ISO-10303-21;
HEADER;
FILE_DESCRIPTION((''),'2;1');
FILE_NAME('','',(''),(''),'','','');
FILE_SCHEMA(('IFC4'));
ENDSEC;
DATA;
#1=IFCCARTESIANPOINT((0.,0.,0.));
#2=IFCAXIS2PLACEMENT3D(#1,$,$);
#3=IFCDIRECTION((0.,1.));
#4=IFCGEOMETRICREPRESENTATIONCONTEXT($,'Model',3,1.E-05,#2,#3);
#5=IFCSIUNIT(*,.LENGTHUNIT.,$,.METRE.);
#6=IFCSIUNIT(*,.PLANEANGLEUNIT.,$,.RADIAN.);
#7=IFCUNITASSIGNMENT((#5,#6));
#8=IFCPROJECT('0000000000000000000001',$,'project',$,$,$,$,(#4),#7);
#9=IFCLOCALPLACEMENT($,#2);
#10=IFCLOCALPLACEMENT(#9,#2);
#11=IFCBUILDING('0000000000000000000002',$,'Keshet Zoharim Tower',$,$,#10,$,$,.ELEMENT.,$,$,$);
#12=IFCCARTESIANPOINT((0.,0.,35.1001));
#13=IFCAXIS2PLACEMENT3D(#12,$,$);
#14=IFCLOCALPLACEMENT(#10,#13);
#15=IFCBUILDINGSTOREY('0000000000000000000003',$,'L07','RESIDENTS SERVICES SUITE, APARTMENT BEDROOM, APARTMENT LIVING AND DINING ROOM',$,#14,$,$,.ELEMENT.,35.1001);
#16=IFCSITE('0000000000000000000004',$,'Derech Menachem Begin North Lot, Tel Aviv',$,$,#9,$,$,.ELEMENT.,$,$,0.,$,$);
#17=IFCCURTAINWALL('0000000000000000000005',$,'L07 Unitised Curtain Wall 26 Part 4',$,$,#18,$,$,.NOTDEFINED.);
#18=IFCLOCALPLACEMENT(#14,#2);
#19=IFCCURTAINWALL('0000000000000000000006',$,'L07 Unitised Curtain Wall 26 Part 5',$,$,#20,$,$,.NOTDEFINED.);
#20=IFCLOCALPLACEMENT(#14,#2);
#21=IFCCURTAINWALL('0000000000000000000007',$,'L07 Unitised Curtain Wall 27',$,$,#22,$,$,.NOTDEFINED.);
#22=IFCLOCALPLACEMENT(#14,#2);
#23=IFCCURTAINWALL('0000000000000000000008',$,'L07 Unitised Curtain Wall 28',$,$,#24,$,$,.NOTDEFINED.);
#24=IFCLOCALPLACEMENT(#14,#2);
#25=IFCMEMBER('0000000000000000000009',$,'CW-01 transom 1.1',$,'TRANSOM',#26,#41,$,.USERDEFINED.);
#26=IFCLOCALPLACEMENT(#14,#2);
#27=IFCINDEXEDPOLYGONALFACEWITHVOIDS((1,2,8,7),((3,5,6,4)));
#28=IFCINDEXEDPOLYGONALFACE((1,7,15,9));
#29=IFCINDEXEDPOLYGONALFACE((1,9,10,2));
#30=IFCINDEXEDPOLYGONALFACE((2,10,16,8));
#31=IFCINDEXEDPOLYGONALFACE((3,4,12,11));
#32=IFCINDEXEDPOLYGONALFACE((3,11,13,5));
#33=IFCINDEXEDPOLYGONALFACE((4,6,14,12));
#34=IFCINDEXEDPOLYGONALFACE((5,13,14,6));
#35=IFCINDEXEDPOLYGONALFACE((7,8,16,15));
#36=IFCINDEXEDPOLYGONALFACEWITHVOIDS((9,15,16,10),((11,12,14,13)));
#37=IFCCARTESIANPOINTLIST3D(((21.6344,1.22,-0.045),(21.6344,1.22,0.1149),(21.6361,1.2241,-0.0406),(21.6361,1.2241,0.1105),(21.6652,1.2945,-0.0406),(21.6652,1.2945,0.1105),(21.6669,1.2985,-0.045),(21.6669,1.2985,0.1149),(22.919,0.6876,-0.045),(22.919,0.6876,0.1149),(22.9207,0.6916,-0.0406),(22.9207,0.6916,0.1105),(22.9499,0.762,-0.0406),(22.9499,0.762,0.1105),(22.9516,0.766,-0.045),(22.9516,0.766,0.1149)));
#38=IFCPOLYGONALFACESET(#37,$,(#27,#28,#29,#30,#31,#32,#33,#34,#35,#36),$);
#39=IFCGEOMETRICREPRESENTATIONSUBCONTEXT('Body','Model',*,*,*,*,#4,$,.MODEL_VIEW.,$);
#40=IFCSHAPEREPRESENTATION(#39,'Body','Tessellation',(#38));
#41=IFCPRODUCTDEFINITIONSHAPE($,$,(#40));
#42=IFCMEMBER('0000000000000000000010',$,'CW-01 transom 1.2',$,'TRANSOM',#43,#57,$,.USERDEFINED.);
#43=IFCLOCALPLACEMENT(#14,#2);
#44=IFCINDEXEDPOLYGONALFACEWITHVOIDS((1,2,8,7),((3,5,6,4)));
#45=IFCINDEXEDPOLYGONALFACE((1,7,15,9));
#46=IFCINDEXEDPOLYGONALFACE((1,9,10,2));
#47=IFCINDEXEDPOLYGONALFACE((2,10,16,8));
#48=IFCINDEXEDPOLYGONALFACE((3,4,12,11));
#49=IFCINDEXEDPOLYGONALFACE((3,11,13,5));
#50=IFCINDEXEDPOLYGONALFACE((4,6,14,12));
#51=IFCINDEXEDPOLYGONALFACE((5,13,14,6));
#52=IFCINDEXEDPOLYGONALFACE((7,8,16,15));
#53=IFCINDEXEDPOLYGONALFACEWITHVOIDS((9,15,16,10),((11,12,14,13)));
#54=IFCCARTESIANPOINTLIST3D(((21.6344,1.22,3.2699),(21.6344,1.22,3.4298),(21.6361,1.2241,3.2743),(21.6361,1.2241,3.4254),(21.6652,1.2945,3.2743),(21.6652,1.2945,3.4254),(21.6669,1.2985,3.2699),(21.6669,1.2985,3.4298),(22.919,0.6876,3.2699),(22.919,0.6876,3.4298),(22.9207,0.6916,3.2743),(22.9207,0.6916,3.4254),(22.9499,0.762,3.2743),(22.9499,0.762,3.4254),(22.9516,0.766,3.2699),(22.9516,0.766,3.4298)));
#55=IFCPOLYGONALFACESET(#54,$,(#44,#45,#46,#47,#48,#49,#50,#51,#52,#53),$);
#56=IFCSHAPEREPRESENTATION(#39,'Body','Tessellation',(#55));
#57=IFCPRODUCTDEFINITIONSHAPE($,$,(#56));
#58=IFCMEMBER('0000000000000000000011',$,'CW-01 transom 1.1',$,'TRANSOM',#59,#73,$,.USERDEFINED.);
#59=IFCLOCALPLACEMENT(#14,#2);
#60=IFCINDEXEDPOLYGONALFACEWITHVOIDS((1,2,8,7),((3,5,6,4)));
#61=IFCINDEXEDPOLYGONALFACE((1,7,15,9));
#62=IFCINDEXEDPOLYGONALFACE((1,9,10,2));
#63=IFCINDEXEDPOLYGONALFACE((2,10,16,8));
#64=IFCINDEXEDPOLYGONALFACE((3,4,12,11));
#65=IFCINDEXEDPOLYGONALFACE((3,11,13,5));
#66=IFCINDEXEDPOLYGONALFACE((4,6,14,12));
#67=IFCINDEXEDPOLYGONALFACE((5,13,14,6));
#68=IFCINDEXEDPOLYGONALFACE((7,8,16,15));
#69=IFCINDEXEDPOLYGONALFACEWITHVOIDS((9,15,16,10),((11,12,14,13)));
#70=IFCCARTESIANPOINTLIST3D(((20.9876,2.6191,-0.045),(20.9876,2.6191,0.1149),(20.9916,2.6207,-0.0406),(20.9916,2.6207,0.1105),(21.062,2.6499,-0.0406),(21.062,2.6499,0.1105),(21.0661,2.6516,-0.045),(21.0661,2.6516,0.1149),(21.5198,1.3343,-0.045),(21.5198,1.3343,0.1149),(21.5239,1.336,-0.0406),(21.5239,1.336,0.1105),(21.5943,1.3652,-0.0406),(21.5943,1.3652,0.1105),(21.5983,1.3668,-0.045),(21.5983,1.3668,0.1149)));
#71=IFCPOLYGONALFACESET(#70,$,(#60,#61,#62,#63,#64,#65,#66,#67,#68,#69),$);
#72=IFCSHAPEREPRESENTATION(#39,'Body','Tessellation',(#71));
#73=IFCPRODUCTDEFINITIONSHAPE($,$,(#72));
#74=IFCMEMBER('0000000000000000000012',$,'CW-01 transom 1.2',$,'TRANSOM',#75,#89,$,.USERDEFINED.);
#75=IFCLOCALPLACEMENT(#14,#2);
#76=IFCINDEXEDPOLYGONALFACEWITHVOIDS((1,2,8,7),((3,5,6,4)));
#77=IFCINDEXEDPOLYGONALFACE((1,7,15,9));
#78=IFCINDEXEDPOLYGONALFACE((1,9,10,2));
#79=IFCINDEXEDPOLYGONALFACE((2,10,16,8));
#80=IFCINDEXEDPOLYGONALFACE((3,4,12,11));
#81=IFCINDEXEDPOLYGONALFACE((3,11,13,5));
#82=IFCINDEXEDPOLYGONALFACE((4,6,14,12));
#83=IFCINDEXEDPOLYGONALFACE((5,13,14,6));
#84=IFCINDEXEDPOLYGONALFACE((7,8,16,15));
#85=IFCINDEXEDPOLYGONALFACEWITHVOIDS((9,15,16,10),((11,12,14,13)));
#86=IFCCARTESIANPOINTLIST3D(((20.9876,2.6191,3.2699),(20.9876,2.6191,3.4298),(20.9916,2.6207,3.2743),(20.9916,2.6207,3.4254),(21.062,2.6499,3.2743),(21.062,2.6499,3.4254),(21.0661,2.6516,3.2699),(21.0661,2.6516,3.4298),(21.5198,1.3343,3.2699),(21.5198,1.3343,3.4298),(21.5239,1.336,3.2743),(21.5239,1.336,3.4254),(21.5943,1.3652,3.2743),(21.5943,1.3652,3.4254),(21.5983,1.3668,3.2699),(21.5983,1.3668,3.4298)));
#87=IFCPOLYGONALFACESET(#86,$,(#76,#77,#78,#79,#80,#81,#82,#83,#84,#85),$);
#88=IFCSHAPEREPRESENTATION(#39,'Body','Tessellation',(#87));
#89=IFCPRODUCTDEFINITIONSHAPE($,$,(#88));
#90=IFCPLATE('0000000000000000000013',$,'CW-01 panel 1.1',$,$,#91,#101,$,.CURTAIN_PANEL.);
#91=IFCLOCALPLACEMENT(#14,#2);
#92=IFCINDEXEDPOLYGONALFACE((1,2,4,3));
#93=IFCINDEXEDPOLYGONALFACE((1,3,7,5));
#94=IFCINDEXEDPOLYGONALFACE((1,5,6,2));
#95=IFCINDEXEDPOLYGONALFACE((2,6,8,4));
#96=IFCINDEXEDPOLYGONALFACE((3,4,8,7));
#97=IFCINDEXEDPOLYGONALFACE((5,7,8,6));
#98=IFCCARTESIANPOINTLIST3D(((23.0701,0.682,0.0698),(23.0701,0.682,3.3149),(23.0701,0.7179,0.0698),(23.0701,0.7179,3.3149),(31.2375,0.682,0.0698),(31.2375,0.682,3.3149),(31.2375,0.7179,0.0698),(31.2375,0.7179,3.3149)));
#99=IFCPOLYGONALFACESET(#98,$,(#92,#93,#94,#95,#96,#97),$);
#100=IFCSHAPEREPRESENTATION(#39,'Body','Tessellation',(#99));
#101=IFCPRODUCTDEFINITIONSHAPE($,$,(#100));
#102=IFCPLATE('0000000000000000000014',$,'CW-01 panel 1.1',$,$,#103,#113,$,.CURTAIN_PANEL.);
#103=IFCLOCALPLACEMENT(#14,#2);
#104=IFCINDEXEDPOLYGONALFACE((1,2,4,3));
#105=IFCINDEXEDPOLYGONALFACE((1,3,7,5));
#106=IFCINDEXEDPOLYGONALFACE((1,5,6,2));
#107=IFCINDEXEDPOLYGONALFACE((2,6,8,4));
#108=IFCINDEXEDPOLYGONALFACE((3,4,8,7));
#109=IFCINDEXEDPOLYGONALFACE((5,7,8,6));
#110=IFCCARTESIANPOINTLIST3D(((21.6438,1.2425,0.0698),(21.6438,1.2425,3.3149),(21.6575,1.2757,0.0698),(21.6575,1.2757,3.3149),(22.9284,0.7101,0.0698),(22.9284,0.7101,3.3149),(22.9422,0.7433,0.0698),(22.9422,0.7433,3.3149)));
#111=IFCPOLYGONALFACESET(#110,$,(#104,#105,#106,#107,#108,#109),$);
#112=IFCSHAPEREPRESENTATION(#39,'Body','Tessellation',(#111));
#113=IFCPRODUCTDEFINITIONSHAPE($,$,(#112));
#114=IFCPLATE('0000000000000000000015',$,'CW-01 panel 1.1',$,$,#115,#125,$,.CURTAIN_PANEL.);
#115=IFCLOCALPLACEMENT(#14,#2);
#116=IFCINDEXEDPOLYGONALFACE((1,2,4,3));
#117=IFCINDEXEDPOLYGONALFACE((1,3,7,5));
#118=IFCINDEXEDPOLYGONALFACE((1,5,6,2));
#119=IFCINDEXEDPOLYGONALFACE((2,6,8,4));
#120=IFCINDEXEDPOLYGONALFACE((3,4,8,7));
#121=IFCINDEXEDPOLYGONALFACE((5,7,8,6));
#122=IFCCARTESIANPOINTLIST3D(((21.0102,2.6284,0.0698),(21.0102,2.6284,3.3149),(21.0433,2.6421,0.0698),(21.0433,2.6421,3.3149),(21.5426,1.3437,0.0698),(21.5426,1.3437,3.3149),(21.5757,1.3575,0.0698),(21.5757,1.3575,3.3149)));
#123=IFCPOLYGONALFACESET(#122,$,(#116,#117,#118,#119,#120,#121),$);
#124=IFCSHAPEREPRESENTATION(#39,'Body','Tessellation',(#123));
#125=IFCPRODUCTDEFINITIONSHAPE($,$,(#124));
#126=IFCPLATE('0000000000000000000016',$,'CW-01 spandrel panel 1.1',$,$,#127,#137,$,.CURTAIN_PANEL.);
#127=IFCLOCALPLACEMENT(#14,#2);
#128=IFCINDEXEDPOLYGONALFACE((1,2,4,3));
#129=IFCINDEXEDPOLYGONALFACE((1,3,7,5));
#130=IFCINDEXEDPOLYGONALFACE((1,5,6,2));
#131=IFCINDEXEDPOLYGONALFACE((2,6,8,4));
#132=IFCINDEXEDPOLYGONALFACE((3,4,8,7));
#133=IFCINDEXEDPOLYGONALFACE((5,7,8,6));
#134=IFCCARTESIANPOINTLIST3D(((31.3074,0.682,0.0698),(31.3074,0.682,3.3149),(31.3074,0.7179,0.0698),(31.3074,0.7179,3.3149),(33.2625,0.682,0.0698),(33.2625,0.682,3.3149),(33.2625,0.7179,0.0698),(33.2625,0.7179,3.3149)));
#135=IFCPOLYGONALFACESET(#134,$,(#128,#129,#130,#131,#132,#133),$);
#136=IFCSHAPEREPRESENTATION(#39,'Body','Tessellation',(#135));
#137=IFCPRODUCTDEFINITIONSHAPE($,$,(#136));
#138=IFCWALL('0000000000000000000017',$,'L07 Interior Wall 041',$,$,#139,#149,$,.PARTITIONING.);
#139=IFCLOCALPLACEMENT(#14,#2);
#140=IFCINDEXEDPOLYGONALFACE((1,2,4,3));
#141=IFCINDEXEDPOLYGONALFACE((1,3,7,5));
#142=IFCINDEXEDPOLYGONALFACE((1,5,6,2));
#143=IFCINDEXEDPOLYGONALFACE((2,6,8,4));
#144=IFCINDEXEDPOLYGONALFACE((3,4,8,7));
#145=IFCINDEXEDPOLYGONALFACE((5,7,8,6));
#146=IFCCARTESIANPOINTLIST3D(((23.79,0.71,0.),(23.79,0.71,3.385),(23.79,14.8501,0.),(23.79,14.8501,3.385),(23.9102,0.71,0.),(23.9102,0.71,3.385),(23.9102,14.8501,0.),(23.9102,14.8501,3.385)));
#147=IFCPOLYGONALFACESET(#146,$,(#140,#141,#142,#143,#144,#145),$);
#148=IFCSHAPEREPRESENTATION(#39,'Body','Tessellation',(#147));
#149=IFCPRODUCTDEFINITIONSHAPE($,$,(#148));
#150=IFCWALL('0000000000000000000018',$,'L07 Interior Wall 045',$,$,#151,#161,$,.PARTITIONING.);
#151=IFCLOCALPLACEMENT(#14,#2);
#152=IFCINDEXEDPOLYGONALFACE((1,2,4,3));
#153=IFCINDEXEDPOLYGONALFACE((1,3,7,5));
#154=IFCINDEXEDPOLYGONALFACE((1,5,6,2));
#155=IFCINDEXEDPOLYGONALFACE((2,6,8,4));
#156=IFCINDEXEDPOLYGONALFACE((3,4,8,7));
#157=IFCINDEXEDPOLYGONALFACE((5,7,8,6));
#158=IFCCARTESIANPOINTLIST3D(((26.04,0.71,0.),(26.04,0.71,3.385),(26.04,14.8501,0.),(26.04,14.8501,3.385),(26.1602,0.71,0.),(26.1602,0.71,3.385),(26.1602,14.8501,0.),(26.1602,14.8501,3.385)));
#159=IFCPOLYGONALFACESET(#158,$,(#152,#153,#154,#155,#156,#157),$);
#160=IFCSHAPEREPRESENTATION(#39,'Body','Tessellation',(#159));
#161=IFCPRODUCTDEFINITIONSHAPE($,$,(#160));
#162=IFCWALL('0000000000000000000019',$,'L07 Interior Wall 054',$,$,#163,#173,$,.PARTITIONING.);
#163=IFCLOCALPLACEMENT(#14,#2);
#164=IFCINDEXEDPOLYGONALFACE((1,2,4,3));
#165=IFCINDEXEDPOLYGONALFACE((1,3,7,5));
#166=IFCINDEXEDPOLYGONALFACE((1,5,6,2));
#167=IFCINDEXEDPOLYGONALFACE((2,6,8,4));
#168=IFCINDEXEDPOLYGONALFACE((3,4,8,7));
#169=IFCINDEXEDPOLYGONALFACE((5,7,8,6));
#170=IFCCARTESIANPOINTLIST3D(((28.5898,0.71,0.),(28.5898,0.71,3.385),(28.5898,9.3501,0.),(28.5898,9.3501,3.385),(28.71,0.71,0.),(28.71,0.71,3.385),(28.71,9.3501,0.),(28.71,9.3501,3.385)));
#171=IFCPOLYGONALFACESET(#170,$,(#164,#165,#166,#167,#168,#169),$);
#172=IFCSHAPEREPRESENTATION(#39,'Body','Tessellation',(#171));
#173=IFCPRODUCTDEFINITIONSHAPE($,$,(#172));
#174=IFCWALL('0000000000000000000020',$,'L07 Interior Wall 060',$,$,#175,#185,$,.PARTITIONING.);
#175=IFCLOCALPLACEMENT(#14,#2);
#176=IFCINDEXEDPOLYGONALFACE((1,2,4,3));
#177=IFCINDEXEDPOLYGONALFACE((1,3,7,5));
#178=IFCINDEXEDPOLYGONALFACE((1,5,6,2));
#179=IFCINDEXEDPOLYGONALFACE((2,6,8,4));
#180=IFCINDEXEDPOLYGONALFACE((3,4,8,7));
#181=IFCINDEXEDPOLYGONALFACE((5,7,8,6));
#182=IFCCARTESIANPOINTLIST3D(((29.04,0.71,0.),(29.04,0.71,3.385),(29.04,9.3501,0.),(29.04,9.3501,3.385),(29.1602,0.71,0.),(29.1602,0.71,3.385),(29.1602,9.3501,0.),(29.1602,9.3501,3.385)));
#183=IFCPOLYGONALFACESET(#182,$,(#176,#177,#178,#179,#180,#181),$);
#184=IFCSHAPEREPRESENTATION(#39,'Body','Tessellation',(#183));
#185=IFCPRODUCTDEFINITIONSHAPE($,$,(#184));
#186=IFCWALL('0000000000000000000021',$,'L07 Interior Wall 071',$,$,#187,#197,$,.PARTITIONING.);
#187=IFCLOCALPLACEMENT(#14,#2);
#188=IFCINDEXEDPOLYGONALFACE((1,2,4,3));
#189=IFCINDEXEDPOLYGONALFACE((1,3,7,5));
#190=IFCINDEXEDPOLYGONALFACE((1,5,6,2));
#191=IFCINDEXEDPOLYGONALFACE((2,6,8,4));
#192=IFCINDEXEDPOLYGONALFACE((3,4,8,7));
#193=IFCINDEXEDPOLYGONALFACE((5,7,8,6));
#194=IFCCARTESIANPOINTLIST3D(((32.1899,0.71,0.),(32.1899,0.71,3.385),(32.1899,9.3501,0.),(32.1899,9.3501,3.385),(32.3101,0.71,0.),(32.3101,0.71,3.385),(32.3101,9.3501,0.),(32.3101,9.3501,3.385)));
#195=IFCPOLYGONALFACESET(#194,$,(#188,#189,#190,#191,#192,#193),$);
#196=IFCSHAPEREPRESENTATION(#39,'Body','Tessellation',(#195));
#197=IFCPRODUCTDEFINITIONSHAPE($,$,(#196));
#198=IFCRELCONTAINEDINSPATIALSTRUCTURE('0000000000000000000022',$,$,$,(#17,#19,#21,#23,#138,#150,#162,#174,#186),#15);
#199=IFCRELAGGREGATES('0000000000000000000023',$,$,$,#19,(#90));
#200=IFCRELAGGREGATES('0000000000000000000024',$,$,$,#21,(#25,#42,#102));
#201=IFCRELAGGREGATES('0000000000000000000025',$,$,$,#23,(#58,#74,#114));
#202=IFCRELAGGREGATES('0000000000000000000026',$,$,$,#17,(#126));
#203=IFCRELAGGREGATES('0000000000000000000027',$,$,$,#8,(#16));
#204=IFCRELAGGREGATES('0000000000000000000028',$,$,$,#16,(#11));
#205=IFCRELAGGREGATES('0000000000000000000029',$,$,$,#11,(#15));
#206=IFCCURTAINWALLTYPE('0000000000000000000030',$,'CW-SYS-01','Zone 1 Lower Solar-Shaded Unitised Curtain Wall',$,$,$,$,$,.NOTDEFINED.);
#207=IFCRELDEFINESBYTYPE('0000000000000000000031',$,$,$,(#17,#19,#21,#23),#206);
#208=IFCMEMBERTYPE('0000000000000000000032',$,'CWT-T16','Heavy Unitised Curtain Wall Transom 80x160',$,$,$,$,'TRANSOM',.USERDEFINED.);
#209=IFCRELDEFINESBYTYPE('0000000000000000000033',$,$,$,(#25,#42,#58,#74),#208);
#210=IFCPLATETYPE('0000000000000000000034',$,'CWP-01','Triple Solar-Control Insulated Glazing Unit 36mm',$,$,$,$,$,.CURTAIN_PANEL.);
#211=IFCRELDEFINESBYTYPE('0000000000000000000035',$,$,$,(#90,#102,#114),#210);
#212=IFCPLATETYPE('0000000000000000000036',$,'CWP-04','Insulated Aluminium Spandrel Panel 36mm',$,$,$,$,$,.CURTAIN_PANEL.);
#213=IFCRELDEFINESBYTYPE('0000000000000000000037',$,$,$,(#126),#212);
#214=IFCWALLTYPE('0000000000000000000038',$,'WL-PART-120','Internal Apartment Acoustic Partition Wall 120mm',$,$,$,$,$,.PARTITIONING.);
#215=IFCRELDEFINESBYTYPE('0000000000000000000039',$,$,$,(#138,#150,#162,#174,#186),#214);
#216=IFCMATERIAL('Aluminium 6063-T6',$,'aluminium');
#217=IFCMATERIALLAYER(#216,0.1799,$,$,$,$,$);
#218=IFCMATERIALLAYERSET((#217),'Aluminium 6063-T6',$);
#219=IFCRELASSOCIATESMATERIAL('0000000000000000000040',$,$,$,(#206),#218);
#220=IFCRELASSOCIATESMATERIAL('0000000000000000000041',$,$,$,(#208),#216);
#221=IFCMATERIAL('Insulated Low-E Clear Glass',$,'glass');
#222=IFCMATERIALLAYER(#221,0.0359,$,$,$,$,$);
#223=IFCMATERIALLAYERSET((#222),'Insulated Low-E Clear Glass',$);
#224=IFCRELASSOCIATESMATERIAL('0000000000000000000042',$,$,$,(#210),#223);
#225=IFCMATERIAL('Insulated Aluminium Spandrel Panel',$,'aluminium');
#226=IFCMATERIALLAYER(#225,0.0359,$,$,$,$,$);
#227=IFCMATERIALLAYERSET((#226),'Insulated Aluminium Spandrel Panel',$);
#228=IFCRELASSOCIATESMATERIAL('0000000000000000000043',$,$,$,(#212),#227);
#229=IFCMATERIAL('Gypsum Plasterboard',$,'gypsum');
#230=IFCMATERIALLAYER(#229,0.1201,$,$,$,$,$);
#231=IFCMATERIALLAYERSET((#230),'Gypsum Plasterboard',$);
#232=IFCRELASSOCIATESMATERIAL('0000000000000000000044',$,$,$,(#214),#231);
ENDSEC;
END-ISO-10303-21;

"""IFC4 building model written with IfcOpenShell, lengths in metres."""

from ifc_helpers import new_model, si_unit, direction, frame, frame_2d, origin, origin_2d, place, context, subcontext, project, spatial, rectangle, hollow_rectangle, extrude, material, layer, layer_set, material_profile, profile_set, type_object, element, aggregate, save


model = new_model("IFC4")

# Units and contexts
model_context = context("Model", 3, precision=1e-05, world=origin(), true_north=direction((0.0, 1.0)))
body_context = subcontext(model_context, "Body", "Model", "MODEL_VIEW")
ifc_project = project(units=[si_unit("LENGTHUNIT", "METRE"), si_unit("PLANEANGLEUNIT", "RADIAN")], contexts=[model_context])

# Site, building, storey
site_placement = place(None, origin())
site = spatial("IfcSite", under=ifc_project, at=site_placement, Name="Derech Menachem Begin North Lot, Tel Aviv", CompositionType="ELEMENT", RefElevation=0.0)
building_placement = place(site_placement, origin())
building = spatial("IfcBuilding", under=site, at=building_placement, Name="Keshet Zoharim Tower", CompositionType="ELEMENT")
storey_placement = place(building_placement, frame((0.0, 0.0, 35.1001)))
storey = spatial("IfcBuildingStorey", under=building, at=storey_placement, Name="L07", Description="RESIDENTS SERVICES SUITE, APARTMENT BEDROOM, APARTMENT LIVING AND DINING ROOM", CompositionType="ELEMENT", Elevation=35.1001)

# Curtain walls
ifc_material_1 = material(Name="Aluminium 6063-T6", Category="aluminium")
ifc_layer_1 = layer(ifc_material_1, 0.1799)
ifc_layer_set_1 = layer_set([ifc_layer_1], Name="Aluminium 6063-T6")
curtain_wall_type = type_object("IfcCurtainWallType", Name="CW-SYS-01", Description="Zone 1 Lower Solar-Shaded Unitised Curtain Wall", PredefinedType="NOTDEFINED", material=ifc_layer_set_1)
curtain_wall_1_placement = place(storey_placement, origin())
curtain_wall_1 = element("IfcCurtainWall", 1, at=curtain_wall_1_placement, inside=storey, type_object=curtain_wall_type, Name="L07 Unitised Curtain Wall 26 Part 4", PredefinedType="NOTDEFINED")
curtain_wall_2_placement = place(storey_placement, origin())
curtain_wall_2 = element("IfcCurtainWall", 2, at=curtain_wall_2_placement, inside=storey, type_object=curtain_wall_type, Name="L07 Unitised Curtain Wall 26 Part 5", PredefinedType="NOTDEFINED")

# Curtain walls
curtain_wall_3_placement = place(storey_placement, origin())
curtain_wall_3 = element("IfcCurtainWall", 3, at=curtain_wall_3_placement, inside=storey, type_object=curtain_wall_type, Name="L07 Unitised Curtain Wall 27", PredefinedType="NOTDEFINED")
curtain_wall_4_placement = place(storey_placement, origin())
curtain_wall_4 = element("IfcCurtainWall", 4, at=curtain_wall_4_placement, inside=storey, type_object=curtain_wall_type, Name="L07 Unitised Curtain Wall 28", PredefinedType="NOTDEFINED")

# Members
ifc_material_profile_1 = material_profile(ifc_material_1, hollow_rectangle(XDim=0.085, YDim=0.1599, WallThickness=0.0044, at=origin_2d()), Name="TRN-85x160")
ifc_profile_set_1 = profile_set([ifc_material_profile_1], Name="Aluminium 6063-T6")
member_type_1 = type_object("IfcMemberType", Name="CWT-T16", Description="Heavy Unitised Curtain Wall Transom 80x160", ElementType="TRANSOM", PredefinedType="USERDEFINED", material=ifc_profile_set_1)
member_1_placement = place(storey_placement, frame((22.9353, 0.7268, 0.0349), z_axis=(-0.923792, 0.382894, 0.0), x_axis=(-0.382894, -0.923792, 0.0)))
member_1 = element("IfcMember", 5, at=member_1_placement, type_object=member_type_1, Name="CW-01 transom 1.1", ObjectType="TRANSOM", PredefinedType="USERDEFINED", context=body_context, shape_type="SweptSolid", body=[
    extrude(hollow_rectangle(XDim=0.085, YDim=0.1599, WallThickness=0.0044, at=origin_2d()), origin(), (0.0, 0.0, 1.0), 1.3906),
])
member_2_placement = place(storey_placement, frame((22.9353, 0.7268, 3.3499), z_axis=(-0.923792, 0.382894, 0.0), x_axis=(-0.382894, -0.923792, 0.0)))
member_2 = element("IfcMember", 6, at=member_2_placement, type_object=member_type_1, Name="CW-01 transom 1.2", ObjectType="TRANSOM", PredefinedType="USERDEFINED", context=body_context, shape_type="SweptSolid", body=[
    extrude(hollow_rectangle(XDim=0.085, YDim=0.1599, WallThickness=0.0044, at=origin_2d()), origin(), (0.0, 0.0, 1.0), 1.3906),
])
member_3_placement = place(storey_placement, frame((21.5591, 1.3506, 0.0349), z_axis=(-0.382745, 0.923854, 0.0), x_axis=(-0.923854, -0.382745, 0.0)))
member_3 = element("IfcMember", 7, at=member_3_placement, type_object=member_type_1, Name="CW-01 transom 1.1", ObjectType="TRANSOM", PredefinedType="USERDEFINED", context=body_context, shape_type="SweptSolid", body=[
    extrude(hollow_rectangle(XDim=0.085, YDim=0.1599, WallThickness=0.0044, at=origin_2d()), origin(), (0.0, 0.0, 1.0), 1.3906),
])
member_4_placement = place(storey_placement, frame((21.5591, 1.3506, 3.3499), z_axis=(-0.382745, 0.923854, 0.0), x_axis=(-0.923854, -0.382745, 0.0)))
member_4 = element("IfcMember", 8, at=member_4_placement, type_object=member_type_1, Name="CW-01 transom 1.2", ObjectType="TRANSOM", PredefinedType="USERDEFINED", context=body_context, shape_type="SweptSolid", body=[
    extrude(hollow_rectangle(XDim=0.085, YDim=0.1599, WallThickness=0.0044, at=origin_2d()), origin(), (0.0, 0.0, 1.0), 1.3906),
])

# Plates
ifc_material_2 = material(Name="Insulated Low-E Clear Glass", Category="glass")
ifc_layer_2 = layer(ifc_material_2, 0.0359)
ifc_layer_set_2 = layer_set([ifc_layer_2], Name="Insulated Low-E Clear Glass")
plate_type_1 = type_object("IfcPlateType", Name="CWP-01", Description="Triple Solar-Control Insulated Glazing Unit 36mm", PredefinedType="CURTAIN_PANEL", material=ifc_layer_set_2)
plate_1_placement = place(storey_placement, frame((27.1538, 0.7, 0.0698), z_axis=(0.0, 0.0, 1.0), x_axis=(-1.0, 0.0, 0.0)))
plate_1 = element("IfcPlate", 9, at=plate_1_placement, type_object=plate_type_1, Name="CW-01 panel 1.1", PredefinedType="CURTAIN_PANEL", context=body_context, shape_type="SweptSolid", body=[
    extrude(rectangle(XDim=8.1675, YDim=0.0359, at=origin_2d()), origin(), (0.0, 0.0, 1.0), 3.2451),
])
aggregate(curtain_wall_2, [plate_1])
plate_2_placement = place(storey_placement, frame((22.293, 0.9929, 0.0698), z_axis=(0.0, 0.0, 1.0), x_axis=(-0.92381, 0.382852, 0.0)))
plate_2 = element("IfcPlate", 10, at=plate_2_placement, type_object=plate_type_1, Name="CW-01 panel 1.1", PredefinedType="CURTAIN_PANEL", context=body_context, shape_type="SweptSolid", body=[
    extrude(rectangle(XDim=1.3906, YDim=0.0359, at=origin_2d()), origin(), (0.0, 0.0, 1.0), 3.2451),
])
aggregate(curtain_wall_3, [member_1, member_2, plate_2])
plate_3_placement = place(storey_placement, frame((21.293, 1.9929, 0.0698), z_axis=(0.0, 0.0, 1.0), x_axis=(-0.382852, 0.92381, 0.0)))
plate_3 = element("IfcPlate", 11, at=plate_3_placement, type_object=plate_type_1, Name="CW-01 panel 1.1", PredefinedType="CURTAIN_PANEL", context=body_context, shape_type="SweptSolid", body=[
    extrude(rectangle(XDim=1.3906, YDim=0.0359, at=origin_2d()), origin(), (0.0, 0.0, 1.0), 3.2451),
])
aggregate(curtain_wall_4, [member_3, member_4, plate_3])
ifc_material_3 = material(Name="Insulated Aluminium Spandrel Panel", Category="aluminium")
ifc_layer_3 = layer(ifc_material_3, 0.0359)
ifc_layer_set_3 = layer_set([ifc_layer_3], Name="Insulated Aluminium Spandrel Panel")
plate_type_2 = type_object("IfcPlateType", Name="CWP-04", Description="Insulated Aluminium Spandrel Panel 36mm", PredefinedType="CURTAIN_PANEL", material=ifc_layer_set_3)
plate_4_placement = place(storey_placement, frame((32.2849, 0.7, 0.0698), z_axis=(0.0, 0.0, 1.0), x_axis=(-1.0, 0.0, 0.0)))
plate_4 = element("IfcPlate", 12, at=plate_4_placement, type_object=plate_type_2, Name="CW-01 spandrel panel 1.1", PredefinedType="CURTAIN_PANEL", context=body_context, shape_type="SweptSolid", body=[
    extrude(rectangle(XDim=1.9551, YDim=0.0359, at=origin_2d()), origin(), (0.0, 0.0, 1.0), 3.2451),
])
aggregate(curtain_wall_1, [plate_4])

# Walls
ifc_material_4 = material(Name="Gypsum Plasterboard", Category="gypsum")
ifc_layer_4 = layer(ifc_material_4, 0.1201)
ifc_layer_set_4 = layer_set([ifc_layer_4], Name="Gypsum Plasterboard")
wall_type = type_object("IfcWallType", Name="WL-PART-120", Description="Internal Apartment Acoustic Partition Wall 120mm", PredefinedType="PARTITIONING", material=ifc_layer_set_4)
for number, where, z_axis, x_axis, name in (
    (13, (23.8501, 0.71, 0.0), (0.0, 0.0, 1.0), (0.0, 1.0, 0.0), "L07 Interior Wall 041"),
    (14, (26.1001, 0.71, 0.0), (0.0, 0.0, 1.0), (0.0, 1.0, 0.0), "L07 Interior Wall 045"),
):
    element("IfcWall", number, at=place(storey_placement, frame(where, z_axis=z_axis, x_axis=x_axis)), inside=storey, type_object=wall_type, Name=name, PredefinedType="PARTITIONING", context=body_context, shape_type="SweptSolid", body=[
        extrude(rectangle(XDim=14.1401, YDim=0.1201, at=frame_2d((7.0701, 0.0))), origin(), (0.0, 0.0, 1.0), 3.385),
    ])
for number, where, z_axis, x_axis, name in (
    (15, (28.6499, 0.71, 0.0), (0.0, 0.0, 1.0), (0.0, 1.0, 0.0), "L07 Interior Wall 054"),
    (16, (29.1001, 0.71, 0.0), (0.0, 0.0, 1.0), (0.0, 1.0, 0.0), "L07 Interior Wall 060"),
    (17, (32.25, 0.71, 0.0), (0.0, 0.0, 1.0), (0.0, 1.0, 0.0), "L07 Interior Wall 071"),
):
    element("IfcWall", number, at=place(storey_placement, frame(where, z_axis=z_axis, x_axis=x_axis)), inside=storey, type_object=wall_type, Name=name, PredefinedType="PARTITIONING", context=body_context, shape_type="SweptSolid", body=[
        extrude(rectangle(XDim=8.6401, YDim=0.1201, at=frame_2d((4.3201, 0.0))), origin(), (0.0, 0.0, 1.0), 3.385),
    ])

save(model, "model.ifc")
